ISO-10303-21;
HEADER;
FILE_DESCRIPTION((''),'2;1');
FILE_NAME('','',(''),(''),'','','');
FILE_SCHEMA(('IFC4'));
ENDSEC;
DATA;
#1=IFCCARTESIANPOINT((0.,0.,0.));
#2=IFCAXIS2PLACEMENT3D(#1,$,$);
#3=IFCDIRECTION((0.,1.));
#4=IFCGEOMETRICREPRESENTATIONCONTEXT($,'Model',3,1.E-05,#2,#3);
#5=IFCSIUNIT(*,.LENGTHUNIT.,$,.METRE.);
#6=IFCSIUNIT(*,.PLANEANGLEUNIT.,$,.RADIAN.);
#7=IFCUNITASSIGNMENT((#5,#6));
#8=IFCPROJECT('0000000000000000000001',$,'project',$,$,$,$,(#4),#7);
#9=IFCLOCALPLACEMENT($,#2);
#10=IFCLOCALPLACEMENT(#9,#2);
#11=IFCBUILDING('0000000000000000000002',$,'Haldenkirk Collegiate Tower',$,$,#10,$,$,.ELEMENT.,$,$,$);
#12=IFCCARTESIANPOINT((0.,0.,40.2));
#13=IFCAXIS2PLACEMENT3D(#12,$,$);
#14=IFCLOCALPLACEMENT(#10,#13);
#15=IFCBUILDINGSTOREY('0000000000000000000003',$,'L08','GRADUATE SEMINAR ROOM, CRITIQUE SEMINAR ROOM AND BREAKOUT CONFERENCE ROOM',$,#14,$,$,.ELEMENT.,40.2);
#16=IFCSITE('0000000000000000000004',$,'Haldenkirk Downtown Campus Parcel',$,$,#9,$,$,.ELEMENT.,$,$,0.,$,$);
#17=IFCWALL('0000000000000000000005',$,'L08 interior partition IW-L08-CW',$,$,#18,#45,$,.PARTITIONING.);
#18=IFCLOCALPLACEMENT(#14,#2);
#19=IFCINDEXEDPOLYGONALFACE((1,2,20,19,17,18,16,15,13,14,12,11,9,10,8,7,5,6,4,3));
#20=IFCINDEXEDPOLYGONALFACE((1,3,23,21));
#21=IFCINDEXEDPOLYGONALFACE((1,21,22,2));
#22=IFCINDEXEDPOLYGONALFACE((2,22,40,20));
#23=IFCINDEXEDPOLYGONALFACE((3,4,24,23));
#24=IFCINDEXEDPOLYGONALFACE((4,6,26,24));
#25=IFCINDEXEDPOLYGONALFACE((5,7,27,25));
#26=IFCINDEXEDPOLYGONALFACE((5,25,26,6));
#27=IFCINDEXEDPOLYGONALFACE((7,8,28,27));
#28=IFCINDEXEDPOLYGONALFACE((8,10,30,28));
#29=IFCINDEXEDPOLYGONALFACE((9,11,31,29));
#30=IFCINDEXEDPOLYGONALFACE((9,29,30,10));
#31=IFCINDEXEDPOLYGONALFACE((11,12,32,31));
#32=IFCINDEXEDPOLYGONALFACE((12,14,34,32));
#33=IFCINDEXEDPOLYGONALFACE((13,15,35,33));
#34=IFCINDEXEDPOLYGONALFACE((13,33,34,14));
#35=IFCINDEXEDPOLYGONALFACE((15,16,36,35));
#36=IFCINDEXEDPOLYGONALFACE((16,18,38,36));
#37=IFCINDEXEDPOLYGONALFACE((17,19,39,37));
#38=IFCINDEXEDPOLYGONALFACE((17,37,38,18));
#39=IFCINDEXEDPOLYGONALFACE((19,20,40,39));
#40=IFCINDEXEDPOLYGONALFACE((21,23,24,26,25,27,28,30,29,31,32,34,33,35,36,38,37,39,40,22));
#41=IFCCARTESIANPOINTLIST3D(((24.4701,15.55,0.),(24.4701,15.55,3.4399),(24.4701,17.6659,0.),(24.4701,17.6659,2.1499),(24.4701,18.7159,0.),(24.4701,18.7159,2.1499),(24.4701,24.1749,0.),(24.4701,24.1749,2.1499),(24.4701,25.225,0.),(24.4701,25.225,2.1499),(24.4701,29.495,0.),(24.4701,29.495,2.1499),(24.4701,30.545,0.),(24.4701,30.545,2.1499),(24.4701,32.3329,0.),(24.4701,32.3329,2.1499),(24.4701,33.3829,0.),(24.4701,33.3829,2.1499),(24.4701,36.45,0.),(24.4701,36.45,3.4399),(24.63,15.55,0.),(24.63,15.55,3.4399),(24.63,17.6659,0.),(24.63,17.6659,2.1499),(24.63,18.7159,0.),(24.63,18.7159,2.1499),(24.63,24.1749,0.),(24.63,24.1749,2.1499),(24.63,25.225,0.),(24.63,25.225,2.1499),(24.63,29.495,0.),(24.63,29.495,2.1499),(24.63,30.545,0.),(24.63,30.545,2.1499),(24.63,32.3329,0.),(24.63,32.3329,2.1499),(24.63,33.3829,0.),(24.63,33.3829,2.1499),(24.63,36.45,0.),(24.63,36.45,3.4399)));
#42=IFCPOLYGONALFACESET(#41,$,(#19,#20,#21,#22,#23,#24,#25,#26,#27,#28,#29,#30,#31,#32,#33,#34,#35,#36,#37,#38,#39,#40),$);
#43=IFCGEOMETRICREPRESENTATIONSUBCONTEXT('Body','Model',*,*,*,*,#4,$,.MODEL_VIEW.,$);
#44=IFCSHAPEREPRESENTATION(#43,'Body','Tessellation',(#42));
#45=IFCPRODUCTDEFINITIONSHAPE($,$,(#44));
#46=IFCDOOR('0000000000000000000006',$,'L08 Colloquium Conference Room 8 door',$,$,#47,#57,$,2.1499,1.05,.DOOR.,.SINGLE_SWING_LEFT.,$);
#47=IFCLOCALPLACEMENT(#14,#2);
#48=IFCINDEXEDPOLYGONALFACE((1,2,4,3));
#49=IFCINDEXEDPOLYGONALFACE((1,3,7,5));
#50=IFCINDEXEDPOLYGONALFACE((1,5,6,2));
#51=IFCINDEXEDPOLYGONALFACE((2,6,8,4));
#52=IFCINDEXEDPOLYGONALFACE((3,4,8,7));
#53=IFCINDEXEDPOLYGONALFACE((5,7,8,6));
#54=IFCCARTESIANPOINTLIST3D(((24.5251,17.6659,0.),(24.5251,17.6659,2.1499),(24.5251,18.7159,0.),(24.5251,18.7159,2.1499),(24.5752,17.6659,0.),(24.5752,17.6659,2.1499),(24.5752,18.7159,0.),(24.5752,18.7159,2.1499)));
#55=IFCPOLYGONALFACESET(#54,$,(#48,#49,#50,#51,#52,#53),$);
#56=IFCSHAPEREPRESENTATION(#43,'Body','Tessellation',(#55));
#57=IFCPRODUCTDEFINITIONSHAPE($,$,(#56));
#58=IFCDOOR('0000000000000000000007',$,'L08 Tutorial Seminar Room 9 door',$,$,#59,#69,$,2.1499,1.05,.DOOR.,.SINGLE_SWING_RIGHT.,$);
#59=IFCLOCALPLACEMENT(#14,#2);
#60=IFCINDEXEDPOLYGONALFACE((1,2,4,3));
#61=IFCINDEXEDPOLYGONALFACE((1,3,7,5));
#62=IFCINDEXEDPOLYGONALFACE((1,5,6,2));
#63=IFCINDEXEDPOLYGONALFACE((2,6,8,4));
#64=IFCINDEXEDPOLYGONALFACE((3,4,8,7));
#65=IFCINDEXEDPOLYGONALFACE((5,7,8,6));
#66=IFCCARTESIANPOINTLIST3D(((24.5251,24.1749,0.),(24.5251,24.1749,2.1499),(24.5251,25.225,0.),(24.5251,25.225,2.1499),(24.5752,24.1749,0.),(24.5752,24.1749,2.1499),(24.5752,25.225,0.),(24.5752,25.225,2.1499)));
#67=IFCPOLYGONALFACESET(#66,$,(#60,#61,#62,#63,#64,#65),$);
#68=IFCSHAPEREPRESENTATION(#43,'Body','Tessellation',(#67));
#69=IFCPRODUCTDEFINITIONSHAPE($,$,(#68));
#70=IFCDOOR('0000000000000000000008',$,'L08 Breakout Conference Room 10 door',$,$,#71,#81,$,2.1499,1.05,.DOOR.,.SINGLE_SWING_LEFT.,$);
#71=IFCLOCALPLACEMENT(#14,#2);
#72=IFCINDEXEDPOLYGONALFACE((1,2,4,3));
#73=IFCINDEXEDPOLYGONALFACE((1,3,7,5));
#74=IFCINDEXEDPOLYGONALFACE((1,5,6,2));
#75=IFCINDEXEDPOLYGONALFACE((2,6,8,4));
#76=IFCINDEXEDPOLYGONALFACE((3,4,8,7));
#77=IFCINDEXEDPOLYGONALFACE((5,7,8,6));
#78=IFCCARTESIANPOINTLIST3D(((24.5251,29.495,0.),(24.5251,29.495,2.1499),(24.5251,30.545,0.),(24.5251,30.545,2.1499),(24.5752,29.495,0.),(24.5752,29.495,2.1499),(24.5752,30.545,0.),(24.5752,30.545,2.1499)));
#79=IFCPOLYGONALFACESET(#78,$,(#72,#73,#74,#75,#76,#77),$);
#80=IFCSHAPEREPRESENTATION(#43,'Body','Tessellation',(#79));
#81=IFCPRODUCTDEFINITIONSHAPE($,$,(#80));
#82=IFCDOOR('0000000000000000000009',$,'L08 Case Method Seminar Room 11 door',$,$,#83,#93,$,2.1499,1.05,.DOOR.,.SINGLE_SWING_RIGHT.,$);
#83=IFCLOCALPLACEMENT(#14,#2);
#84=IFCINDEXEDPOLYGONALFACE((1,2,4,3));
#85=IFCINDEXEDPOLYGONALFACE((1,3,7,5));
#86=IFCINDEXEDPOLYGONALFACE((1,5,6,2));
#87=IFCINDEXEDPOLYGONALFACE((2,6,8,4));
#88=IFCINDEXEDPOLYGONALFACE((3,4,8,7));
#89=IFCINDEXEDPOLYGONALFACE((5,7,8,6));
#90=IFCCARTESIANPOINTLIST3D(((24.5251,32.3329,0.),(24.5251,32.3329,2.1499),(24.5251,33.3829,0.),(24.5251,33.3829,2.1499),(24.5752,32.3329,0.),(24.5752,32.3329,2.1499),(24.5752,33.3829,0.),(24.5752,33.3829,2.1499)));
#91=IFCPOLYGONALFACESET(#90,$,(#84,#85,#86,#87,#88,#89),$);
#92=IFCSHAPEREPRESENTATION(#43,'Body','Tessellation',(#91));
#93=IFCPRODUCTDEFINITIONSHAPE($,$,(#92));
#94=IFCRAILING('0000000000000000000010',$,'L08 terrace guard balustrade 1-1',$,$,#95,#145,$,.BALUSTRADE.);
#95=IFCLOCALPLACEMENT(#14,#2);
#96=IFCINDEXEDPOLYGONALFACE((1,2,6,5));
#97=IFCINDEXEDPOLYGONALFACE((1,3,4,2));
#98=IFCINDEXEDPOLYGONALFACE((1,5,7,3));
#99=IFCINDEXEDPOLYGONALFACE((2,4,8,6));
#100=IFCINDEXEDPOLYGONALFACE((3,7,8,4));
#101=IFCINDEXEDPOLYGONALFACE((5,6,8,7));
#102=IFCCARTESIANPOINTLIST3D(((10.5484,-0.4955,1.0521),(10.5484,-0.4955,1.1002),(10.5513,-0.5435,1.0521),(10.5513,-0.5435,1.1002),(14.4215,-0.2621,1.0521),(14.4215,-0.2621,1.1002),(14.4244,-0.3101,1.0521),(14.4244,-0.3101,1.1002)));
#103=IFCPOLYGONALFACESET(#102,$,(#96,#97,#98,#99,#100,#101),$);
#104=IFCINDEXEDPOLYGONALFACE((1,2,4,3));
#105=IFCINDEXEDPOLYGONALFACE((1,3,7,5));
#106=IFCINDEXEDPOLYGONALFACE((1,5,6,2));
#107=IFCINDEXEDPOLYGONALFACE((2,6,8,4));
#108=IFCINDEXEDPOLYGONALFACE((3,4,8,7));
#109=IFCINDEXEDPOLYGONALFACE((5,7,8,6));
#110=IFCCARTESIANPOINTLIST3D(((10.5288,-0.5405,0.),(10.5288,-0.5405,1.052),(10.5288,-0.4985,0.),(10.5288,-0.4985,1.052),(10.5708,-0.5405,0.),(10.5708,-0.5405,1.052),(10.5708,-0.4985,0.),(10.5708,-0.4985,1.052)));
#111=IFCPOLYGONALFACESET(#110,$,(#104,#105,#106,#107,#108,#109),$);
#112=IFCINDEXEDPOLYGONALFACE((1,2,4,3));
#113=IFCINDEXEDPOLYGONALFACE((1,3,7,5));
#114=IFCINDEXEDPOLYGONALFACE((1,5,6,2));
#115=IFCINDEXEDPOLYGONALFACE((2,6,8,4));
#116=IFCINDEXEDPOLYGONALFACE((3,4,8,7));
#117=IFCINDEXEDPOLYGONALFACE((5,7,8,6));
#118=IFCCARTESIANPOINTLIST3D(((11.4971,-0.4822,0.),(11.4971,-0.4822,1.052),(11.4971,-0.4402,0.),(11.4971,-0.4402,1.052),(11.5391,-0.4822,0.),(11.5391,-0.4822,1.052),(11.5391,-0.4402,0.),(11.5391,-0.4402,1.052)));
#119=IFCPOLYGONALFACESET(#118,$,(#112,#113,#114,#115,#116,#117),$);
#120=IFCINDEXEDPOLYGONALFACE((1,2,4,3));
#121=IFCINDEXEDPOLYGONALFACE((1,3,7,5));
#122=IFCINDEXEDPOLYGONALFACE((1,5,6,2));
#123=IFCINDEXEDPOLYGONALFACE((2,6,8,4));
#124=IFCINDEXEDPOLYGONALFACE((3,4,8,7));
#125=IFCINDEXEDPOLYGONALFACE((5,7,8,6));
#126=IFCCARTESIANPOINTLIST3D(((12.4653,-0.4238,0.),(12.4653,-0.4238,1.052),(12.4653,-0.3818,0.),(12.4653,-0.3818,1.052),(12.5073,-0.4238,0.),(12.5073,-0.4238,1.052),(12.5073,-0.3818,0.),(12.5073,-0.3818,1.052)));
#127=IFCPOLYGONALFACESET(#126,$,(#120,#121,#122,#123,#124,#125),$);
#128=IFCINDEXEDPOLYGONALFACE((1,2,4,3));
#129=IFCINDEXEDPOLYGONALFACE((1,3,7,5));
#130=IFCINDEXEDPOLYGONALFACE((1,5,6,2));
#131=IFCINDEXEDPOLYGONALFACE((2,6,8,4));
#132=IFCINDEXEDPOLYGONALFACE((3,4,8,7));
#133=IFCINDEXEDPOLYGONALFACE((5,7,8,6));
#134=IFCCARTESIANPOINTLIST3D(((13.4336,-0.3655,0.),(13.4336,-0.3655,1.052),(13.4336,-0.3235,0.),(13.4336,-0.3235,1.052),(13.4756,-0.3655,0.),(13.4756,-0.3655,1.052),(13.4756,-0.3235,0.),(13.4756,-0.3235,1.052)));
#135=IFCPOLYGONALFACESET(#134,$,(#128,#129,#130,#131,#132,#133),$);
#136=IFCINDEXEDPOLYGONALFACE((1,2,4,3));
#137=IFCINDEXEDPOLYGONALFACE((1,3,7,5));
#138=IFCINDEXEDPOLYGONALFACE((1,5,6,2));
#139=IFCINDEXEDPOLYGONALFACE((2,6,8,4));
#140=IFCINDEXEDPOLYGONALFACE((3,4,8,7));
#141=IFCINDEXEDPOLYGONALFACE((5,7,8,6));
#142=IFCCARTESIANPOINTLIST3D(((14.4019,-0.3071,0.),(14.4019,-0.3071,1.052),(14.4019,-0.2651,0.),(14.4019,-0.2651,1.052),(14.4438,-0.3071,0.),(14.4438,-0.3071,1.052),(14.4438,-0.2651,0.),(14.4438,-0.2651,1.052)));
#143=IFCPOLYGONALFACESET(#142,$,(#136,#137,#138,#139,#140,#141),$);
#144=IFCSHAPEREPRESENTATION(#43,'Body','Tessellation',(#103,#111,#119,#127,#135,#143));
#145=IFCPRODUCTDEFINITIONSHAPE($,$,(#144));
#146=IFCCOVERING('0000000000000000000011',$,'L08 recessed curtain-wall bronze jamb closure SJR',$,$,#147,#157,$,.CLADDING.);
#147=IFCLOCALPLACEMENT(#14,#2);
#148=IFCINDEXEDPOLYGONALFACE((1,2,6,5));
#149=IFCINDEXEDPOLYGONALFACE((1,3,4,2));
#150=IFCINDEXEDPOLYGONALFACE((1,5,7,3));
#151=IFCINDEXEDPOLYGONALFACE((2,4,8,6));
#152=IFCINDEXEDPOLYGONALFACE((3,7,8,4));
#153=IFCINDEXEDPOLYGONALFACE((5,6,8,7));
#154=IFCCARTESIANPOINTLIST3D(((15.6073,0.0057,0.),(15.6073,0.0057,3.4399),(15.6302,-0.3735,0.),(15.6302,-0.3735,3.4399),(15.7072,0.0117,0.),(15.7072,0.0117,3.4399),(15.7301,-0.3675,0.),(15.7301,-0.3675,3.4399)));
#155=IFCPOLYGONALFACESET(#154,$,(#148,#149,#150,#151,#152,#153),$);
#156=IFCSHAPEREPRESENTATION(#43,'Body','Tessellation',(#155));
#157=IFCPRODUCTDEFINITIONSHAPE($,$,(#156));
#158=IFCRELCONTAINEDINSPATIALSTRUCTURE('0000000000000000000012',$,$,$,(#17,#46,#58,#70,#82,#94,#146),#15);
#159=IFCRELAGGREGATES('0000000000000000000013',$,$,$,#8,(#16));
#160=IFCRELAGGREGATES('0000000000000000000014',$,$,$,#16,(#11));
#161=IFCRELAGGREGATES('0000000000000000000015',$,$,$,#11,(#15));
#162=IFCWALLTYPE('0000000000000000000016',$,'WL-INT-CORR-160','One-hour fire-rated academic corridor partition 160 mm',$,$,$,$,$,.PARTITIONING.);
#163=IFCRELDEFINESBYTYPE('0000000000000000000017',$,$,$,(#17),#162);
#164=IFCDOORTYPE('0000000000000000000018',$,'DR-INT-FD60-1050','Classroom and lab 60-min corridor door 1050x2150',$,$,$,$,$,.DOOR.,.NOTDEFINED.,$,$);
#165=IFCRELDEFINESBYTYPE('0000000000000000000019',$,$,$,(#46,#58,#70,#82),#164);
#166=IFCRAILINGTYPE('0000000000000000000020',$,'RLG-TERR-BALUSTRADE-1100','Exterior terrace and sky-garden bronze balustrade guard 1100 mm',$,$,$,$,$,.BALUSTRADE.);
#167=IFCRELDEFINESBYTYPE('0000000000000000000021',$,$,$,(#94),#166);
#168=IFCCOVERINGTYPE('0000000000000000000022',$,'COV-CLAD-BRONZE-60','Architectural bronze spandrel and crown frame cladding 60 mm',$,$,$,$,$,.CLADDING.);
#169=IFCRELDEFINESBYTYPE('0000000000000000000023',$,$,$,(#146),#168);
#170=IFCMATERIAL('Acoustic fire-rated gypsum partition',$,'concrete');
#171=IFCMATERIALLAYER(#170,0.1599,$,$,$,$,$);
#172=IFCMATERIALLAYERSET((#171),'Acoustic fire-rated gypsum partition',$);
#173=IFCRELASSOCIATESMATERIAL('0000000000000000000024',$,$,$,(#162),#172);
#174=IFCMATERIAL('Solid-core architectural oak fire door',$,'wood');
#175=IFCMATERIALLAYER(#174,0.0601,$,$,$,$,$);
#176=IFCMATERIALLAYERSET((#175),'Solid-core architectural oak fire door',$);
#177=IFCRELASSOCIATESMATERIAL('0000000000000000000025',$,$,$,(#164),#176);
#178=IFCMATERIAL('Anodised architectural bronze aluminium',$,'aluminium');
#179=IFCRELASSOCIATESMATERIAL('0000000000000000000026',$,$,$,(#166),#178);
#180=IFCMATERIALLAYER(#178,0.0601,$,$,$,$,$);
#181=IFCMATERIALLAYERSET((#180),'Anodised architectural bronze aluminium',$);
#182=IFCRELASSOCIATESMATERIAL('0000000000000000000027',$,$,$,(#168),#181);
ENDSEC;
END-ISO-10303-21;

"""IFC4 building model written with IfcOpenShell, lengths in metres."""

from ifc_helpers import new_model, si_unit, direction, frame, frame_2d, origin, origin_2d, place, context, subcontext, project, spatial, rectangle, extrude, source, transform, mapped, material, layer, layer_set, type_object, element, fill, save


model = new_model("IFC4")

# Units and contexts
model_context = context("Model", 3, precision=1e-05, world=origin(), true_north=direction((0.0, 1.0)))
body_context = subcontext(model_context, "Body", "Model", "MODEL_VIEW")
ifc_project = project(units=[si_unit("LENGTHUNIT", "METRE"), si_unit("PLANEANGLEUNIT", "RADIAN")], contexts=[model_context])

# Site, building, storey
site_placement = place(None, origin())
site = spatial("IfcSite", under=ifc_project, at=site_placement, Name="Haldenkirk Downtown Campus Parcel", CompositionType="ELEMENT", RefElevation=0.0)
building_placement = place(site_placement, origin())
building = spatial("IfcBuilding", under=site, at=building_placement, Name="Haldenkirk Collegiate Tower", CompositionType="ELEMENT")
storey_placement = place(building_placement, frame((0.0, 0.0, 40.2)))
storey = spatial("IfcBuildingStorey", under=building, at=storey_placement, Name="L08", Description="GRADUATE SEMINAR ROOM, CRITIQUE SEMINAR ROOM AND BREAKOUT CONFERENCE ROOM", CompositionType="ELEMENT", Elevation=40.2)

# Shared definitions
ifc_material_1 = material(Name="Anodised architectural bronze aluminium", Category="aluminium")

# Wall, openings, doors
ifc_material_2 = material(Name="Acoustic fire-rated gypsum partition", Category="concrete")
ifc_layer_1 = layer(ifc_material_2, 0.1599)
ifc_layer_set_1 = layer_set([ifc_layer_1], Name="Acoustic fire-rated gypsum partition")
wall_type_1 = type_object("IfcWallType", Name="WL-INT-CORR-160", Description="One-hour fire-rated academic corridor partition 160 mm", PredefinedType="PARTITIONING", material=ifc_layer_set_1)
ifc_material_3 = material(Name="Solid-core architectural oak fire door", Category="wood")
ifc_layer_2 = layer(ifc_material_3, 0.0601)
ifc_layer_set_2 = layer_set([ifc_layer_2], Name="Solid-core architectural oak fire door")
door_type_1 = type_object("IfcDoorType", Name="DR-INT-FD60-1050", Description="Classroom and lab 60-min corridor door 1050x2150", OperationType="NOTDEFINED", PredefinedType="DOOR", material=ifc_layer_set_2)
wall_1_placement = place(storey_placement, frame((24.55, 15.55, 0.0), z_axis=(0.0, 0.0, 1.0), x_axis=(0.0, 1.0, 0.0)))
wall_1 = element("IfcWall", 1, at=wall_1_placement, inside=storey, type_object=wall_type_1, Name="L08 interior partition IW-L08-CW", PredefinedType="PARTITIONING", context=body_context, shape_type="SweptSolid", body=[
    extrude(rectangle(XDim=20.8999, YDim=0.1599, at=frame_2d((10.45, 0.0))), origin(), (0.0, 0.0, 1.0), 3.4399),
])
opening_1_placement = place(wall_1_placement, frame((2.116, 0.0, 0.0)))
opening_1 = element("IfcOpeningElement", 2, at=opening_1_placement, cuts=wall_1, PredefinedType="OPENING", context=body_context, shape_type="SweptSolid", body=[
    extrude(rectangle(XDim=1.05, YDim=2.1499, at=frame_2d((0.5249, 1.075))), frame((0.0, 0.0898, 0.0), z_axis=(0.0, -1.0, 0.0), x_axis=(1.0, 0.0, 0.0)), (0.0, 0.0, 1.0), 0.1799),
])
opening_2_placement = place(wall_1_placement, frame((8.625, 0.0, 0.0)))
opening_2 = element("IfcOpeningElement", 3, at=opening_2_placement, cuts=wall_1, PredefinedType="OPENING", context=body_context, shape_type="SweptSolid", body=[
    extrude(rectangle(XDim=1.05, YDim=2.1499, at=frame_2d((0.5249, 1.075))), frame((0.0, 0.0898, 0.0), z_axis=(0.0, -1.0, 0.0), x_axis=(1.0, 0.0, 0.0)), (0.0, 0.0, 1.0), 0.1799),
])
opening_3_placement = place(wall_1_placement, frame((13.9451, 0.0, 0.0)))
opening_3 = element("IfcOpeningElement", 4, at=opening_3_placement, cuts=wall_1, PredefinedType="OPENING", context=body_context, shape_type="SweptSolid", body=[
    extrude(rectangle(XDim=1.05, YDim=2.1499, at=frame_2d((0.5249, 1.075))), frame((0.0, 0.0898, 0.0), z_axis=(0.0, -1.0, 0.0), x_axis=(1.0, 0.0, 0.0)), (0.0, 0.0, 1.0), 0.1799),
])
opening_4_placement = place(wall_1_placement, frame((16.783, 0.0, 0.0)))
opening_4 = element("IfcOpeningElement", 5, at=opening_4_placement, cuts=wall_1, PredefinedType="OPENING", context=body_context, shape_type="SweptSolid", body=[
    extrude(rectangle(XDim=1.05, YDim=2.1499, at=frame_2d((0.5249, 1.075))), frame((0.0, 0.0898, 0.0), z_axis=(0.0, -1.0, 0.0), x_axis=(1.0, 0.0, 0.0)), (0.0, 0.0, 1.0), 0.1799),
])
door_1_placement = place(opening_1_placement, origin())
door_1 = element("IfcDoor", 6, at=door_1_placement, inside=storey, type_object=door_type_1, Name="L08 Colloquium Conference Room 8 door", OperationType="SINGLE_SWING_LEFT", OverallHeight=2.1499, OverallWidth=1.05, PredefinedType="DOOR", context=body_context, shape_type="SweptSolid", body=[
    extrude(rectangle(XDim=1.05, YDim=2.1499, at=frame_2d((0.5249, 1.075))), frame((0.0, 0.0249, 0.0), z_axis=(0.0, -1.0, 0.0), x_axis=(1.0, 0.0, 0.0)), (0.0, 0.0, 1.0), 0.05),
])
fill(opening_1, door_1)
door_2_placement = place(opening_2_placement, origin())
door_2 = element("IfcDoor", 7, at=door_2_placement, inside=storey, type_object=door_type_1, Name="L08 Tutorial Seminar Room 9 door", OperationType="SINGLE_SWING_RIGHT", OverallHeight=2.1499, OverallWidth=1.05, PredefinedType="DOOR", context=body_context, shape_type="SweptSolid", body=[
    extrude(rectangle(XDim=1.05, YDim=2.1499, at=frame_2d((0.5249, 1.075))), frame((0.0, 0.0249, 0.0), z_axis=(0.0, -1.0, 0.0), x_axis=(1.0, 0.0, 0.0)), (0.0, 0.0, 1.0), 0.05),
])
fill(opening_2, door_2)
door_3_placement = place(opening_3_placement, origin())
door_3 = element("IfcDoor", 8, at=door_3_placement, inside=storey, type_object=door_type_1, Name="L08 Breakout Conference Room 10 door", OperationType="SINGLE_SWING_LEFT", OverallHeight=2.1499, OverallWidth=1.05, PredefinedType="DOOR", context=body_context, shape_type="SweptSolid", body=[
    extrude(rectangle(XDim=1.05, YDim=2.1499, at=frame_2d((0.5249, 1.075))), frame((0.0, 0.0249, 0.0), z_axis=(0.0, -1.0, 0.0), x_axis=(1.0, 0.0, 0.0)), (0.0, 0.0, 1.0), 0.05),
])
fill(opening_3, door_3)
door_4_placement = place(opening_4_placement, origin())
door_4 = element("IfcDoor", 9, at=door_4_placement, inside=storey, type_object=door_type_1, Name="L08 Case Method Seminar Room 11 door", OperationType="SINGLE_SWING_RIGHT", OverallHeight=2.1499, OverallWidth=1.05, PredefinedType="DOOR", context=body_context, shape_type="SweptSolid", body=[
    extrude(rectangle(XDim=1.05, YDim=2.1499, at=frame_2d((0.5249, 1.075))), frame((0.0, 0.0249, 0.0), z_axis=(0.0, -1.0, 0.0), x_axis=(1.0, 0.0, 0.0)), (0.0, 0.0, 1.0), 0.05),
])
fill(opening_4, door_4)

# Railing
railing_type = type_object("IfcRailingType", Name="RLG-TERR-BALUSTRADE-1100", Description="Exterior terrace and sky-garden bronze balustrade guard 1100 mm", PredefinedType="BALUSTRADE", material=ifc_material_1)
railing_placement = place(storey_placement, frame((10.5498, -0.5195, 0.0)))
element("IfcRailing", 10, at=railing_placement, inside=storey, type_object=railing_type, Name="L08 terrace guard balustrade 1-1", PredefinedType="BALUSTRADE", context=body_context, shape_type="SweptSolid", body=[
    extrude(rectangle(XDim=0.0481, YDim=0.0481, at=origin_2d()), frame((0.0, 0.0, 1.0762), z_axis=(0.998189, 0.060153, 0.0), x_axis=(-0.060153, 0.998189, 0.0)), (0.0, 0.0, 1.0), 3.8801),
    extrude(rectangle(XDim=0.042, YDim=0.042, at=origin_2d()), origin(), (0.0, 0.0, 1.0), 1.052),
    extrude(rectangle(XDim=0.042, YDim=0.042, at=origin_2d()), frame((0.9683, 0.0583, 0.0)), (0.0, 0.0, 1.0), 1.052),
    extrude(rectangle(XDim=0.042, YDim=0.042, at=origin_2d()), frame((1.9365, 0.1167, 0.0)), (0.0, 0.0, 1.0), 1.052),
    extrude(rectangle(XDim=0.042, YDim=0.042, at=origin_2d()), frame((2.9048, 0.175, 0.0)), (0.0, 0.0, 1.0), 1.052),
    extrude(rectangle(XDim=0.042, YDim=0.042, at=origin_2d()), frame((3.873, 0.2334, 0.0)), (0.0, 0.0, 1.0), 1.052),
])

# Covering
ifc_layer_3 = layer(ifc_material_1, 0.0601)
ifc_layer_set_3 = layer_set([ifc_layer_3], Name="Anodised architectural bronze aluminium")
covering_type = type_object("IfcCoveringType", Name="COV-CLAD-BRONZE-60", Description="Architectural bronze spandrel and crown frame cladding 60 mm", PredefinedType="CLADDING", material=ifc_layer_set_3)
shared_shape_1 = source(origin(), body_context, "Body", "SweptSolid", [
    extrude(rectangle(XDim=0.1001, YDim=0.3799, at=origin_2d()), origin(), (0.0, 0.0, 1.0), 3.4399),
])
covering_placement = place(storey_placement, frame((15.6687, -0.1809, 0.0), z_axis=(0.0, 0.0, 1.0), x_axis=(-0.998188, -0.060177, 0.0)))
element("IfcCovering", 11, at=covering_placement, inside=storey, type_object=covering_type, Name="L08 recessed curtain-wall bronze jamb closure SJR", PredefinedType="CLADDING", context=body_context, shape_type="MappedRepresentation", body=[
    mapped(shared_shape_1, transform((0.0, 0.0, 0.0), x_axis=(1.0, 0.0, 0.0), y_axis=(0.0, 1.0, 0.0), z_axis=(0.0, 0.0, 1.0), scale=1.0)),
])

save(model, "model.ifc")
